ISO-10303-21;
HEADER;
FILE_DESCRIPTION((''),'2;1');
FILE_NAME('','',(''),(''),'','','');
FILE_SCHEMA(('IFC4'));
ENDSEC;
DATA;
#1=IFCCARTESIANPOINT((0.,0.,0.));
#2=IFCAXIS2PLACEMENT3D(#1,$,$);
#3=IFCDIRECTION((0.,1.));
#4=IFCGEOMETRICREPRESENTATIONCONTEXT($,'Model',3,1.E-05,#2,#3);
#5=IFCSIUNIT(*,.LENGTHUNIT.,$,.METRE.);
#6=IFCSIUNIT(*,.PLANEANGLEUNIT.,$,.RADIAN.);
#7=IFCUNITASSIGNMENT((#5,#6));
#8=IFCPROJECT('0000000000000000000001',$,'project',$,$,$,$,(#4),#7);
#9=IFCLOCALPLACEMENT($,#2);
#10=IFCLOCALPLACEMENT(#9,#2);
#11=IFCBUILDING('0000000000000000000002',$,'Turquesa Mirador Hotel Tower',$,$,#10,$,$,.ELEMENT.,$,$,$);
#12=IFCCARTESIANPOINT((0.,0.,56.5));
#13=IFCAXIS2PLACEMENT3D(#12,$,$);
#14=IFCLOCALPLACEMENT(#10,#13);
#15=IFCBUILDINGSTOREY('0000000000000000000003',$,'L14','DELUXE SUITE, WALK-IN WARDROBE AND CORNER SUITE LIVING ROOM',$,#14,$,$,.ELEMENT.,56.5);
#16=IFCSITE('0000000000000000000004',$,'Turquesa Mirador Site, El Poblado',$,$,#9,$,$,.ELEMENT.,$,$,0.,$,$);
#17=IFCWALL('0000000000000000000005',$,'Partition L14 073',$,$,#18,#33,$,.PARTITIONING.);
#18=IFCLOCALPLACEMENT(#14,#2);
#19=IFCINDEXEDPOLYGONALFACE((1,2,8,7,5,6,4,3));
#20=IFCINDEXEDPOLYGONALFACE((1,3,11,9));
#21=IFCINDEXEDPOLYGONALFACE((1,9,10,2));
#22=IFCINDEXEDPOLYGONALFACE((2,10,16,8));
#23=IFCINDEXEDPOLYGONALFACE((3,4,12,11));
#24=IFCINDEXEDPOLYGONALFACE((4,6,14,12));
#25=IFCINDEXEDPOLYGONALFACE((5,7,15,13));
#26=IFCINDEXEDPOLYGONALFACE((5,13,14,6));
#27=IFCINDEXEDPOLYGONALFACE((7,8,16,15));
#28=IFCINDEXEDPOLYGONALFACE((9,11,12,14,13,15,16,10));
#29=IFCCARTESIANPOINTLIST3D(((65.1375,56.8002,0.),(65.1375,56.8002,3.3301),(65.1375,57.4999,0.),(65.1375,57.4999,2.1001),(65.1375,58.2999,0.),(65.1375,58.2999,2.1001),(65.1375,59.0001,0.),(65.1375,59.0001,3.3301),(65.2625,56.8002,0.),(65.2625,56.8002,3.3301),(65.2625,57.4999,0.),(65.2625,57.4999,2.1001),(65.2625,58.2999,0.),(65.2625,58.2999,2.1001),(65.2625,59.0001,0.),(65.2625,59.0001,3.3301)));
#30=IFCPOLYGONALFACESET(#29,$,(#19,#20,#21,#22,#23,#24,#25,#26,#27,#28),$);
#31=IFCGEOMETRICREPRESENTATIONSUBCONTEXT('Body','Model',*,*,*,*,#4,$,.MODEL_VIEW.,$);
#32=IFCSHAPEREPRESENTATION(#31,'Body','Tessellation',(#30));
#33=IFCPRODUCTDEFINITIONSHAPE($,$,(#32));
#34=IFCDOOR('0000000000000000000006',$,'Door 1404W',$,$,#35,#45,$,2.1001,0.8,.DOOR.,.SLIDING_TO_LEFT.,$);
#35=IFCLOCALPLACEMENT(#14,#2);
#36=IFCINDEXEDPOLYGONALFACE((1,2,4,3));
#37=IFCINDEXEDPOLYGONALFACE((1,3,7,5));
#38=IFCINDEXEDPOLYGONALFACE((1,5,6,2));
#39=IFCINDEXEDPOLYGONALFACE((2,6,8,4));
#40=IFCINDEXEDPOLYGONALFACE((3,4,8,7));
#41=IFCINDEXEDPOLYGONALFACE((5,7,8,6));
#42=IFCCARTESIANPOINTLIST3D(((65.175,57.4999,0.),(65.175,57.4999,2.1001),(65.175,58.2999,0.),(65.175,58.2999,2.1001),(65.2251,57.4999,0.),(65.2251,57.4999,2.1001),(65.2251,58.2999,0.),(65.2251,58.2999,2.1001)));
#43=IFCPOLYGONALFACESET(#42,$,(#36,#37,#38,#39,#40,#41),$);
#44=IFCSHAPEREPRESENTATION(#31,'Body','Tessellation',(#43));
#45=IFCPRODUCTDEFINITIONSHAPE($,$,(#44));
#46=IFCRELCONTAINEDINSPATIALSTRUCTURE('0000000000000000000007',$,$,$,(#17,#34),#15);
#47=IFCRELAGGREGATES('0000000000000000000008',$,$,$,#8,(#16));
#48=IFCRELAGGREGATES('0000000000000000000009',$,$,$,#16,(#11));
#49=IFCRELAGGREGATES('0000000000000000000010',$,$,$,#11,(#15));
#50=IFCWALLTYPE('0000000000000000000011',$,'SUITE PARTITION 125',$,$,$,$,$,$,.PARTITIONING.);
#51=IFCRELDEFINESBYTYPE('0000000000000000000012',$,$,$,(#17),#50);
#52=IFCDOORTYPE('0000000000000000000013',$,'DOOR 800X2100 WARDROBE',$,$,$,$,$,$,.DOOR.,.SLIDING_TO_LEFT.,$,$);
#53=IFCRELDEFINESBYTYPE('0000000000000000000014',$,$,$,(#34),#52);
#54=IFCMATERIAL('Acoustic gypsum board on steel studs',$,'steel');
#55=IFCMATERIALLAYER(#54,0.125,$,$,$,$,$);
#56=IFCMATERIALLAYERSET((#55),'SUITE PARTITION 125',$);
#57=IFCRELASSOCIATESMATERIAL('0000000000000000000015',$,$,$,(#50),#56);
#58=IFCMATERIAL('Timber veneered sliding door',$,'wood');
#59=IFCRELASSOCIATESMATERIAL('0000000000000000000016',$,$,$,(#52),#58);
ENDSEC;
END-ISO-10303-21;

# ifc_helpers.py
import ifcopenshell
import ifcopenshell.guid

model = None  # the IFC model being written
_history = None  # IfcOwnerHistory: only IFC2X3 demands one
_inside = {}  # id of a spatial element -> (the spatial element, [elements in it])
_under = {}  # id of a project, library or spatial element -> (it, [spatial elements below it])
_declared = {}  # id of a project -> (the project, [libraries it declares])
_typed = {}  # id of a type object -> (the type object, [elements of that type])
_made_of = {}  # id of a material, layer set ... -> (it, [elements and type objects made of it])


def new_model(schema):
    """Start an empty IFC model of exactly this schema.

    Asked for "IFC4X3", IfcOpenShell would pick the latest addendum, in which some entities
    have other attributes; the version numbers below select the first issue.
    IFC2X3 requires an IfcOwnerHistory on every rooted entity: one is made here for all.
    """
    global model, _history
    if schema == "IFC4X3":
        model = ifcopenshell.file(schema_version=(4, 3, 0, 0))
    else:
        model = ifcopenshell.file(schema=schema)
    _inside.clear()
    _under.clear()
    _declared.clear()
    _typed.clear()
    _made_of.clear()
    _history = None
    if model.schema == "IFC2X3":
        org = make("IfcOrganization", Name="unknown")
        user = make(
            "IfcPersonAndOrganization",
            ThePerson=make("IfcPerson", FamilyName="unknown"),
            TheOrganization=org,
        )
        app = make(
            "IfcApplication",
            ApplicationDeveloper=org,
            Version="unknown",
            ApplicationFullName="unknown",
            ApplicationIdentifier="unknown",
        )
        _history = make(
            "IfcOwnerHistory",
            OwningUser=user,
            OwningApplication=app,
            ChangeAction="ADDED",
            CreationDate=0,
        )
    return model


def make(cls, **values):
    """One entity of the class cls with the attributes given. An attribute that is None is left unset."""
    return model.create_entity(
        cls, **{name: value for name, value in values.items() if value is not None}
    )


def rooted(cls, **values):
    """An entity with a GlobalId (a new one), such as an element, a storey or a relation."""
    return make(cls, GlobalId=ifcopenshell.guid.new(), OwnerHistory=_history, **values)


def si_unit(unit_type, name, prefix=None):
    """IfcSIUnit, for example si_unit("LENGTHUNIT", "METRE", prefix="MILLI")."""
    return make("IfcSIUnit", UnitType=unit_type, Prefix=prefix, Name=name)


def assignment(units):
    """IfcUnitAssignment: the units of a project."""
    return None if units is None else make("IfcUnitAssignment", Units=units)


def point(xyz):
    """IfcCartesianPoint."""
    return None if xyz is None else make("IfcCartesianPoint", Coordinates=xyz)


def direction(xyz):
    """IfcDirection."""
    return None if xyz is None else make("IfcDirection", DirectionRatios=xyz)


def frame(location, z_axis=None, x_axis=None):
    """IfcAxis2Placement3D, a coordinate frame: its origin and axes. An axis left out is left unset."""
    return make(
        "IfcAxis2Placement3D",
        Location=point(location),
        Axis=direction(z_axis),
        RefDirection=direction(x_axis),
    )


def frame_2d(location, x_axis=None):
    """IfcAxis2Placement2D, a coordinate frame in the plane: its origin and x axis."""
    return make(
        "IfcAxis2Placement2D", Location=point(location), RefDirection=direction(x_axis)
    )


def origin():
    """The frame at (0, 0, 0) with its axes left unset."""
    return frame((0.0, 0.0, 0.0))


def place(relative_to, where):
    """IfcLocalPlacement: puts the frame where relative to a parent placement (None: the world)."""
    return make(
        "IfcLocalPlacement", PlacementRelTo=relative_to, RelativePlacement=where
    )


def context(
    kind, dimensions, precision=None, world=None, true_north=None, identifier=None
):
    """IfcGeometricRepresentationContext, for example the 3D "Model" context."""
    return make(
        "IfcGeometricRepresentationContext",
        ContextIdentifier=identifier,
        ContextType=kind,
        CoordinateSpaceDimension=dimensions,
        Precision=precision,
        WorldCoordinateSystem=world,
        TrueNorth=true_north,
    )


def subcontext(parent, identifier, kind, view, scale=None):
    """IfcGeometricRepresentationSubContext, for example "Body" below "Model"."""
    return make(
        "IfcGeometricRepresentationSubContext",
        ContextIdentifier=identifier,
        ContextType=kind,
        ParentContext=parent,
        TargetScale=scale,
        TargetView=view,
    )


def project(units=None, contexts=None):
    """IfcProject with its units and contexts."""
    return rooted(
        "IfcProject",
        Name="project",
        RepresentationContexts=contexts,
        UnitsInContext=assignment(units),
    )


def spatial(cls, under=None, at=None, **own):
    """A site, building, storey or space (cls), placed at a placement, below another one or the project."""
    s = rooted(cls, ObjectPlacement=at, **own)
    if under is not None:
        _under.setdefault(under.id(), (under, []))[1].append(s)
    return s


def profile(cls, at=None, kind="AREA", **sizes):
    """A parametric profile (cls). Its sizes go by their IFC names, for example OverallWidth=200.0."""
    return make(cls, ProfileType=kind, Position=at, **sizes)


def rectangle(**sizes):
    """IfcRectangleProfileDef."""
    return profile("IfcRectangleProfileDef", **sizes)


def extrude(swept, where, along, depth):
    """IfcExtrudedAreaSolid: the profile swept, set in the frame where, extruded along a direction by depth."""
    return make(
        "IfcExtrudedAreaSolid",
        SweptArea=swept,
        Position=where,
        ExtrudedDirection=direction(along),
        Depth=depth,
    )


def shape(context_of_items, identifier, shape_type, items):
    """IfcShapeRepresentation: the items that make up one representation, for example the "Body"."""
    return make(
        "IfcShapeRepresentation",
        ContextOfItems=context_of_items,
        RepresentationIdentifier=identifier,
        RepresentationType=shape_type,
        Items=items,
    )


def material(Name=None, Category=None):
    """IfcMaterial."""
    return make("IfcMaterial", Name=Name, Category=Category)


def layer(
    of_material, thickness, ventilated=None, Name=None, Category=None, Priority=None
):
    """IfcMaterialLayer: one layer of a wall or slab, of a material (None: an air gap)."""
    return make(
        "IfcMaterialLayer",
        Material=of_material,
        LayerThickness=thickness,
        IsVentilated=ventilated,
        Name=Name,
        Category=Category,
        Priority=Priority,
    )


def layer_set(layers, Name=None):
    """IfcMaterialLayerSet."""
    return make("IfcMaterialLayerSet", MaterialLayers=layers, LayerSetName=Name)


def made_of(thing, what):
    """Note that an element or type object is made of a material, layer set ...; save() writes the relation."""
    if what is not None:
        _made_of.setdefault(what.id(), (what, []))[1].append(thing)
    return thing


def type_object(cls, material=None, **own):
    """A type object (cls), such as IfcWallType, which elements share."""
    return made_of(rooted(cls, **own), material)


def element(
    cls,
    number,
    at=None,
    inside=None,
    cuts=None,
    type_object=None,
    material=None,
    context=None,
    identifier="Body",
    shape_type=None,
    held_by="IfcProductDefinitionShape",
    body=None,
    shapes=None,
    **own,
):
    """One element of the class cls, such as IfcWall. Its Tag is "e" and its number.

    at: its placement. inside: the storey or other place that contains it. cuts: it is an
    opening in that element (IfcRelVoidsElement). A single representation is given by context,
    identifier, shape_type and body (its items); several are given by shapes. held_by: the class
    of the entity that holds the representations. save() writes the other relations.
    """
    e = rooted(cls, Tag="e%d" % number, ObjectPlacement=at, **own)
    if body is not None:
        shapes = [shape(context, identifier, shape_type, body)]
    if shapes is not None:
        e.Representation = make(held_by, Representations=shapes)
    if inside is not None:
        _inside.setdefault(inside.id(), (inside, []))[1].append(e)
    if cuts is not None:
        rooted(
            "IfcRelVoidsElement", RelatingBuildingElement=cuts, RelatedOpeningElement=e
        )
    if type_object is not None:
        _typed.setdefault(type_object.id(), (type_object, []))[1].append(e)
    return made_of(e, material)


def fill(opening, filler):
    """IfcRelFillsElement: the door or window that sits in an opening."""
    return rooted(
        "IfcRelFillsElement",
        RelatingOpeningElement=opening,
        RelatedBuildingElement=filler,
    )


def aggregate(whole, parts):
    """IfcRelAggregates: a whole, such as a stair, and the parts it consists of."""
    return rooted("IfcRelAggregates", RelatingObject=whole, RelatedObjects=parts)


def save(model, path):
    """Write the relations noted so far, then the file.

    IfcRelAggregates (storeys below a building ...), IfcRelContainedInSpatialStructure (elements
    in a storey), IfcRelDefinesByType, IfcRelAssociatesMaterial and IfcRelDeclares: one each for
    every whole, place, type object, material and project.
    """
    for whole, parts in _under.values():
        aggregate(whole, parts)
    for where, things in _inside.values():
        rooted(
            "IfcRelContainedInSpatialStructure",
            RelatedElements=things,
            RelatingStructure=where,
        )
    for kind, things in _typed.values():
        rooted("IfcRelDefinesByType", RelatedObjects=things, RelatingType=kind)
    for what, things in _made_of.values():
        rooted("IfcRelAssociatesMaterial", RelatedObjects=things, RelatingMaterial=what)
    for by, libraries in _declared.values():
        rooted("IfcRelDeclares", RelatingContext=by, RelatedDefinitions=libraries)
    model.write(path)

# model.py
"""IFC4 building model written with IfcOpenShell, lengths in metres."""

from ifc_helpers import new_model, si_unit, direction, frame, frame_2d, origin, place, context, subcontext, project, spatial, rectangle, extrude, material, layer, layer_set, type_object, element, fill, save


model = new_model("IFC4")

# Units and contexts
model_context = context("Model", 3, precision=1e-05, world=origin(), true_north=direction((0.0, 1.0)))
body_context = subcontext(model_context, "Body", "Model", "MODEL_VIEW")
ifc_project = project(units=[si_unit("LENGTHUNIT", "METRE"), si_unit("PLANEANGLEUNIT", "RADIAN")], contexts=[model_context])

# Site, building, storey
site_placement = place(None, origin())
site = spatial("IfcSite", under=ifc_project, at=site_placement, Name="Turquesa Mirador Site, El Poblado", CompositionType="ELEMENT", RefElevation=0.0)
building_placement = place(site_placement, origin())
building = spatial("IfcBuilding", under=site, at=building_placement, Name="Turquesa Mirador Hotel Tower", CompositionType="ELEMENT")
storey_placement = place(building_placement, frame((0.0, 0.0, 56.5)))
storey = spatial("IfcBuildingStorey", under=building, at=storey_placement, Name="L14", Description="DELUXE SUITE, WALK-IN WARDROBE AND CORNER SUITE LIVING ROOM", CompositionType="ELEMENT", Elevation=56.5)

# Shared definitions
ifc_material_1 = material(Name="Acoustic gypsum board on steel studs", Category="steel")
ifc_layer_1 = layer(ifc_material_1, 0.125)
ifc_layer_set_1 = layer_set([ifc_layer_1], Name="SUITE PARTITION 125")
wall_type_1 = type_object("IfcWallType", Name="SUITE PARTITION 125", PredefinedType="PARTITIONING", material=ifc_layer_set_1)

# Wall, opening, door
wall_1_placement = place(storey_placement, frame((65.2, 56.8, 0.0), z_axis=(0.0, 0.0, 1.0), x_axis=(0.0, 1.0, 0.0)))
wall_1 = element("IfcWall", 1, at=wall_1_placement, inside=storey, type_object=wall_type_1, Name="Partition L14 073", PredefinedType="PARTITIONING", context=body_context, shape_type="SweptSolid", body=[
    extrude(rectangle(XDim=2.2, YDim=0.125, at=frame_2d((1.1001, 0.0))), origin(), (0.0, 0.0, 1.0), 3.3301),
])
opening_1_placement = place(wall_1_placement, frame((0.7, 0.0, 0.0)))
opening_1 = element("IfcOpeningElement", 2, at=opening_1_placement, cuts=wall_1, PredefinedType="OPENING", context=body_context, shape_type="SweptSolid", body=[
    extrude(rectangle(XDim=0.8, YDim=2.1001, at=frame_2d((0.3999, 1.05))), frame((0.0, 0.0725, 0.0), z_axis=(0.0, -1.0, 0.0), x_axis=(1.0, 0.0, 0.0)), (0.0, 0.0, 1.0), 0.145),
])
ifc_material_2 = material(Name="Timber veneered sliding door", Category="wood")
door_type_1 = type_object("IfcDoorType", Name="DOOR 800X2100 WARDROBE", OperationType="SLIDING_TO_LEFT", PredefinedType="DOOR", material=ifc_material_2)
door_1_placement = place(opening_1_placement, origin())
door_1 = element("IfcDoor", 3, at=door_1_placement, inside=storey, type_object=door_type_1, Name="Door 1404W", OperationType="SLIDING_TO_LEFT", OverallHeight=2.1001, OverallWidth=0.8, PredefinedType="DOOR", context=body_context, shape_type="SweptSolid", body=[
    extrude(rectangle(XDim=0.8, YDim=2.1001, at=frame_2d((0.3999, 1.05))), frame((0.0, 0.0249, 0.0), z_axis=(0.0, -1.0, 0.0), x_axis=(1.0, 0.0, 0.0)), (0.0, 0.0, 1.0), 0.05),
])
fill(opening_1, door_1)

save(model, "model.ifc")
